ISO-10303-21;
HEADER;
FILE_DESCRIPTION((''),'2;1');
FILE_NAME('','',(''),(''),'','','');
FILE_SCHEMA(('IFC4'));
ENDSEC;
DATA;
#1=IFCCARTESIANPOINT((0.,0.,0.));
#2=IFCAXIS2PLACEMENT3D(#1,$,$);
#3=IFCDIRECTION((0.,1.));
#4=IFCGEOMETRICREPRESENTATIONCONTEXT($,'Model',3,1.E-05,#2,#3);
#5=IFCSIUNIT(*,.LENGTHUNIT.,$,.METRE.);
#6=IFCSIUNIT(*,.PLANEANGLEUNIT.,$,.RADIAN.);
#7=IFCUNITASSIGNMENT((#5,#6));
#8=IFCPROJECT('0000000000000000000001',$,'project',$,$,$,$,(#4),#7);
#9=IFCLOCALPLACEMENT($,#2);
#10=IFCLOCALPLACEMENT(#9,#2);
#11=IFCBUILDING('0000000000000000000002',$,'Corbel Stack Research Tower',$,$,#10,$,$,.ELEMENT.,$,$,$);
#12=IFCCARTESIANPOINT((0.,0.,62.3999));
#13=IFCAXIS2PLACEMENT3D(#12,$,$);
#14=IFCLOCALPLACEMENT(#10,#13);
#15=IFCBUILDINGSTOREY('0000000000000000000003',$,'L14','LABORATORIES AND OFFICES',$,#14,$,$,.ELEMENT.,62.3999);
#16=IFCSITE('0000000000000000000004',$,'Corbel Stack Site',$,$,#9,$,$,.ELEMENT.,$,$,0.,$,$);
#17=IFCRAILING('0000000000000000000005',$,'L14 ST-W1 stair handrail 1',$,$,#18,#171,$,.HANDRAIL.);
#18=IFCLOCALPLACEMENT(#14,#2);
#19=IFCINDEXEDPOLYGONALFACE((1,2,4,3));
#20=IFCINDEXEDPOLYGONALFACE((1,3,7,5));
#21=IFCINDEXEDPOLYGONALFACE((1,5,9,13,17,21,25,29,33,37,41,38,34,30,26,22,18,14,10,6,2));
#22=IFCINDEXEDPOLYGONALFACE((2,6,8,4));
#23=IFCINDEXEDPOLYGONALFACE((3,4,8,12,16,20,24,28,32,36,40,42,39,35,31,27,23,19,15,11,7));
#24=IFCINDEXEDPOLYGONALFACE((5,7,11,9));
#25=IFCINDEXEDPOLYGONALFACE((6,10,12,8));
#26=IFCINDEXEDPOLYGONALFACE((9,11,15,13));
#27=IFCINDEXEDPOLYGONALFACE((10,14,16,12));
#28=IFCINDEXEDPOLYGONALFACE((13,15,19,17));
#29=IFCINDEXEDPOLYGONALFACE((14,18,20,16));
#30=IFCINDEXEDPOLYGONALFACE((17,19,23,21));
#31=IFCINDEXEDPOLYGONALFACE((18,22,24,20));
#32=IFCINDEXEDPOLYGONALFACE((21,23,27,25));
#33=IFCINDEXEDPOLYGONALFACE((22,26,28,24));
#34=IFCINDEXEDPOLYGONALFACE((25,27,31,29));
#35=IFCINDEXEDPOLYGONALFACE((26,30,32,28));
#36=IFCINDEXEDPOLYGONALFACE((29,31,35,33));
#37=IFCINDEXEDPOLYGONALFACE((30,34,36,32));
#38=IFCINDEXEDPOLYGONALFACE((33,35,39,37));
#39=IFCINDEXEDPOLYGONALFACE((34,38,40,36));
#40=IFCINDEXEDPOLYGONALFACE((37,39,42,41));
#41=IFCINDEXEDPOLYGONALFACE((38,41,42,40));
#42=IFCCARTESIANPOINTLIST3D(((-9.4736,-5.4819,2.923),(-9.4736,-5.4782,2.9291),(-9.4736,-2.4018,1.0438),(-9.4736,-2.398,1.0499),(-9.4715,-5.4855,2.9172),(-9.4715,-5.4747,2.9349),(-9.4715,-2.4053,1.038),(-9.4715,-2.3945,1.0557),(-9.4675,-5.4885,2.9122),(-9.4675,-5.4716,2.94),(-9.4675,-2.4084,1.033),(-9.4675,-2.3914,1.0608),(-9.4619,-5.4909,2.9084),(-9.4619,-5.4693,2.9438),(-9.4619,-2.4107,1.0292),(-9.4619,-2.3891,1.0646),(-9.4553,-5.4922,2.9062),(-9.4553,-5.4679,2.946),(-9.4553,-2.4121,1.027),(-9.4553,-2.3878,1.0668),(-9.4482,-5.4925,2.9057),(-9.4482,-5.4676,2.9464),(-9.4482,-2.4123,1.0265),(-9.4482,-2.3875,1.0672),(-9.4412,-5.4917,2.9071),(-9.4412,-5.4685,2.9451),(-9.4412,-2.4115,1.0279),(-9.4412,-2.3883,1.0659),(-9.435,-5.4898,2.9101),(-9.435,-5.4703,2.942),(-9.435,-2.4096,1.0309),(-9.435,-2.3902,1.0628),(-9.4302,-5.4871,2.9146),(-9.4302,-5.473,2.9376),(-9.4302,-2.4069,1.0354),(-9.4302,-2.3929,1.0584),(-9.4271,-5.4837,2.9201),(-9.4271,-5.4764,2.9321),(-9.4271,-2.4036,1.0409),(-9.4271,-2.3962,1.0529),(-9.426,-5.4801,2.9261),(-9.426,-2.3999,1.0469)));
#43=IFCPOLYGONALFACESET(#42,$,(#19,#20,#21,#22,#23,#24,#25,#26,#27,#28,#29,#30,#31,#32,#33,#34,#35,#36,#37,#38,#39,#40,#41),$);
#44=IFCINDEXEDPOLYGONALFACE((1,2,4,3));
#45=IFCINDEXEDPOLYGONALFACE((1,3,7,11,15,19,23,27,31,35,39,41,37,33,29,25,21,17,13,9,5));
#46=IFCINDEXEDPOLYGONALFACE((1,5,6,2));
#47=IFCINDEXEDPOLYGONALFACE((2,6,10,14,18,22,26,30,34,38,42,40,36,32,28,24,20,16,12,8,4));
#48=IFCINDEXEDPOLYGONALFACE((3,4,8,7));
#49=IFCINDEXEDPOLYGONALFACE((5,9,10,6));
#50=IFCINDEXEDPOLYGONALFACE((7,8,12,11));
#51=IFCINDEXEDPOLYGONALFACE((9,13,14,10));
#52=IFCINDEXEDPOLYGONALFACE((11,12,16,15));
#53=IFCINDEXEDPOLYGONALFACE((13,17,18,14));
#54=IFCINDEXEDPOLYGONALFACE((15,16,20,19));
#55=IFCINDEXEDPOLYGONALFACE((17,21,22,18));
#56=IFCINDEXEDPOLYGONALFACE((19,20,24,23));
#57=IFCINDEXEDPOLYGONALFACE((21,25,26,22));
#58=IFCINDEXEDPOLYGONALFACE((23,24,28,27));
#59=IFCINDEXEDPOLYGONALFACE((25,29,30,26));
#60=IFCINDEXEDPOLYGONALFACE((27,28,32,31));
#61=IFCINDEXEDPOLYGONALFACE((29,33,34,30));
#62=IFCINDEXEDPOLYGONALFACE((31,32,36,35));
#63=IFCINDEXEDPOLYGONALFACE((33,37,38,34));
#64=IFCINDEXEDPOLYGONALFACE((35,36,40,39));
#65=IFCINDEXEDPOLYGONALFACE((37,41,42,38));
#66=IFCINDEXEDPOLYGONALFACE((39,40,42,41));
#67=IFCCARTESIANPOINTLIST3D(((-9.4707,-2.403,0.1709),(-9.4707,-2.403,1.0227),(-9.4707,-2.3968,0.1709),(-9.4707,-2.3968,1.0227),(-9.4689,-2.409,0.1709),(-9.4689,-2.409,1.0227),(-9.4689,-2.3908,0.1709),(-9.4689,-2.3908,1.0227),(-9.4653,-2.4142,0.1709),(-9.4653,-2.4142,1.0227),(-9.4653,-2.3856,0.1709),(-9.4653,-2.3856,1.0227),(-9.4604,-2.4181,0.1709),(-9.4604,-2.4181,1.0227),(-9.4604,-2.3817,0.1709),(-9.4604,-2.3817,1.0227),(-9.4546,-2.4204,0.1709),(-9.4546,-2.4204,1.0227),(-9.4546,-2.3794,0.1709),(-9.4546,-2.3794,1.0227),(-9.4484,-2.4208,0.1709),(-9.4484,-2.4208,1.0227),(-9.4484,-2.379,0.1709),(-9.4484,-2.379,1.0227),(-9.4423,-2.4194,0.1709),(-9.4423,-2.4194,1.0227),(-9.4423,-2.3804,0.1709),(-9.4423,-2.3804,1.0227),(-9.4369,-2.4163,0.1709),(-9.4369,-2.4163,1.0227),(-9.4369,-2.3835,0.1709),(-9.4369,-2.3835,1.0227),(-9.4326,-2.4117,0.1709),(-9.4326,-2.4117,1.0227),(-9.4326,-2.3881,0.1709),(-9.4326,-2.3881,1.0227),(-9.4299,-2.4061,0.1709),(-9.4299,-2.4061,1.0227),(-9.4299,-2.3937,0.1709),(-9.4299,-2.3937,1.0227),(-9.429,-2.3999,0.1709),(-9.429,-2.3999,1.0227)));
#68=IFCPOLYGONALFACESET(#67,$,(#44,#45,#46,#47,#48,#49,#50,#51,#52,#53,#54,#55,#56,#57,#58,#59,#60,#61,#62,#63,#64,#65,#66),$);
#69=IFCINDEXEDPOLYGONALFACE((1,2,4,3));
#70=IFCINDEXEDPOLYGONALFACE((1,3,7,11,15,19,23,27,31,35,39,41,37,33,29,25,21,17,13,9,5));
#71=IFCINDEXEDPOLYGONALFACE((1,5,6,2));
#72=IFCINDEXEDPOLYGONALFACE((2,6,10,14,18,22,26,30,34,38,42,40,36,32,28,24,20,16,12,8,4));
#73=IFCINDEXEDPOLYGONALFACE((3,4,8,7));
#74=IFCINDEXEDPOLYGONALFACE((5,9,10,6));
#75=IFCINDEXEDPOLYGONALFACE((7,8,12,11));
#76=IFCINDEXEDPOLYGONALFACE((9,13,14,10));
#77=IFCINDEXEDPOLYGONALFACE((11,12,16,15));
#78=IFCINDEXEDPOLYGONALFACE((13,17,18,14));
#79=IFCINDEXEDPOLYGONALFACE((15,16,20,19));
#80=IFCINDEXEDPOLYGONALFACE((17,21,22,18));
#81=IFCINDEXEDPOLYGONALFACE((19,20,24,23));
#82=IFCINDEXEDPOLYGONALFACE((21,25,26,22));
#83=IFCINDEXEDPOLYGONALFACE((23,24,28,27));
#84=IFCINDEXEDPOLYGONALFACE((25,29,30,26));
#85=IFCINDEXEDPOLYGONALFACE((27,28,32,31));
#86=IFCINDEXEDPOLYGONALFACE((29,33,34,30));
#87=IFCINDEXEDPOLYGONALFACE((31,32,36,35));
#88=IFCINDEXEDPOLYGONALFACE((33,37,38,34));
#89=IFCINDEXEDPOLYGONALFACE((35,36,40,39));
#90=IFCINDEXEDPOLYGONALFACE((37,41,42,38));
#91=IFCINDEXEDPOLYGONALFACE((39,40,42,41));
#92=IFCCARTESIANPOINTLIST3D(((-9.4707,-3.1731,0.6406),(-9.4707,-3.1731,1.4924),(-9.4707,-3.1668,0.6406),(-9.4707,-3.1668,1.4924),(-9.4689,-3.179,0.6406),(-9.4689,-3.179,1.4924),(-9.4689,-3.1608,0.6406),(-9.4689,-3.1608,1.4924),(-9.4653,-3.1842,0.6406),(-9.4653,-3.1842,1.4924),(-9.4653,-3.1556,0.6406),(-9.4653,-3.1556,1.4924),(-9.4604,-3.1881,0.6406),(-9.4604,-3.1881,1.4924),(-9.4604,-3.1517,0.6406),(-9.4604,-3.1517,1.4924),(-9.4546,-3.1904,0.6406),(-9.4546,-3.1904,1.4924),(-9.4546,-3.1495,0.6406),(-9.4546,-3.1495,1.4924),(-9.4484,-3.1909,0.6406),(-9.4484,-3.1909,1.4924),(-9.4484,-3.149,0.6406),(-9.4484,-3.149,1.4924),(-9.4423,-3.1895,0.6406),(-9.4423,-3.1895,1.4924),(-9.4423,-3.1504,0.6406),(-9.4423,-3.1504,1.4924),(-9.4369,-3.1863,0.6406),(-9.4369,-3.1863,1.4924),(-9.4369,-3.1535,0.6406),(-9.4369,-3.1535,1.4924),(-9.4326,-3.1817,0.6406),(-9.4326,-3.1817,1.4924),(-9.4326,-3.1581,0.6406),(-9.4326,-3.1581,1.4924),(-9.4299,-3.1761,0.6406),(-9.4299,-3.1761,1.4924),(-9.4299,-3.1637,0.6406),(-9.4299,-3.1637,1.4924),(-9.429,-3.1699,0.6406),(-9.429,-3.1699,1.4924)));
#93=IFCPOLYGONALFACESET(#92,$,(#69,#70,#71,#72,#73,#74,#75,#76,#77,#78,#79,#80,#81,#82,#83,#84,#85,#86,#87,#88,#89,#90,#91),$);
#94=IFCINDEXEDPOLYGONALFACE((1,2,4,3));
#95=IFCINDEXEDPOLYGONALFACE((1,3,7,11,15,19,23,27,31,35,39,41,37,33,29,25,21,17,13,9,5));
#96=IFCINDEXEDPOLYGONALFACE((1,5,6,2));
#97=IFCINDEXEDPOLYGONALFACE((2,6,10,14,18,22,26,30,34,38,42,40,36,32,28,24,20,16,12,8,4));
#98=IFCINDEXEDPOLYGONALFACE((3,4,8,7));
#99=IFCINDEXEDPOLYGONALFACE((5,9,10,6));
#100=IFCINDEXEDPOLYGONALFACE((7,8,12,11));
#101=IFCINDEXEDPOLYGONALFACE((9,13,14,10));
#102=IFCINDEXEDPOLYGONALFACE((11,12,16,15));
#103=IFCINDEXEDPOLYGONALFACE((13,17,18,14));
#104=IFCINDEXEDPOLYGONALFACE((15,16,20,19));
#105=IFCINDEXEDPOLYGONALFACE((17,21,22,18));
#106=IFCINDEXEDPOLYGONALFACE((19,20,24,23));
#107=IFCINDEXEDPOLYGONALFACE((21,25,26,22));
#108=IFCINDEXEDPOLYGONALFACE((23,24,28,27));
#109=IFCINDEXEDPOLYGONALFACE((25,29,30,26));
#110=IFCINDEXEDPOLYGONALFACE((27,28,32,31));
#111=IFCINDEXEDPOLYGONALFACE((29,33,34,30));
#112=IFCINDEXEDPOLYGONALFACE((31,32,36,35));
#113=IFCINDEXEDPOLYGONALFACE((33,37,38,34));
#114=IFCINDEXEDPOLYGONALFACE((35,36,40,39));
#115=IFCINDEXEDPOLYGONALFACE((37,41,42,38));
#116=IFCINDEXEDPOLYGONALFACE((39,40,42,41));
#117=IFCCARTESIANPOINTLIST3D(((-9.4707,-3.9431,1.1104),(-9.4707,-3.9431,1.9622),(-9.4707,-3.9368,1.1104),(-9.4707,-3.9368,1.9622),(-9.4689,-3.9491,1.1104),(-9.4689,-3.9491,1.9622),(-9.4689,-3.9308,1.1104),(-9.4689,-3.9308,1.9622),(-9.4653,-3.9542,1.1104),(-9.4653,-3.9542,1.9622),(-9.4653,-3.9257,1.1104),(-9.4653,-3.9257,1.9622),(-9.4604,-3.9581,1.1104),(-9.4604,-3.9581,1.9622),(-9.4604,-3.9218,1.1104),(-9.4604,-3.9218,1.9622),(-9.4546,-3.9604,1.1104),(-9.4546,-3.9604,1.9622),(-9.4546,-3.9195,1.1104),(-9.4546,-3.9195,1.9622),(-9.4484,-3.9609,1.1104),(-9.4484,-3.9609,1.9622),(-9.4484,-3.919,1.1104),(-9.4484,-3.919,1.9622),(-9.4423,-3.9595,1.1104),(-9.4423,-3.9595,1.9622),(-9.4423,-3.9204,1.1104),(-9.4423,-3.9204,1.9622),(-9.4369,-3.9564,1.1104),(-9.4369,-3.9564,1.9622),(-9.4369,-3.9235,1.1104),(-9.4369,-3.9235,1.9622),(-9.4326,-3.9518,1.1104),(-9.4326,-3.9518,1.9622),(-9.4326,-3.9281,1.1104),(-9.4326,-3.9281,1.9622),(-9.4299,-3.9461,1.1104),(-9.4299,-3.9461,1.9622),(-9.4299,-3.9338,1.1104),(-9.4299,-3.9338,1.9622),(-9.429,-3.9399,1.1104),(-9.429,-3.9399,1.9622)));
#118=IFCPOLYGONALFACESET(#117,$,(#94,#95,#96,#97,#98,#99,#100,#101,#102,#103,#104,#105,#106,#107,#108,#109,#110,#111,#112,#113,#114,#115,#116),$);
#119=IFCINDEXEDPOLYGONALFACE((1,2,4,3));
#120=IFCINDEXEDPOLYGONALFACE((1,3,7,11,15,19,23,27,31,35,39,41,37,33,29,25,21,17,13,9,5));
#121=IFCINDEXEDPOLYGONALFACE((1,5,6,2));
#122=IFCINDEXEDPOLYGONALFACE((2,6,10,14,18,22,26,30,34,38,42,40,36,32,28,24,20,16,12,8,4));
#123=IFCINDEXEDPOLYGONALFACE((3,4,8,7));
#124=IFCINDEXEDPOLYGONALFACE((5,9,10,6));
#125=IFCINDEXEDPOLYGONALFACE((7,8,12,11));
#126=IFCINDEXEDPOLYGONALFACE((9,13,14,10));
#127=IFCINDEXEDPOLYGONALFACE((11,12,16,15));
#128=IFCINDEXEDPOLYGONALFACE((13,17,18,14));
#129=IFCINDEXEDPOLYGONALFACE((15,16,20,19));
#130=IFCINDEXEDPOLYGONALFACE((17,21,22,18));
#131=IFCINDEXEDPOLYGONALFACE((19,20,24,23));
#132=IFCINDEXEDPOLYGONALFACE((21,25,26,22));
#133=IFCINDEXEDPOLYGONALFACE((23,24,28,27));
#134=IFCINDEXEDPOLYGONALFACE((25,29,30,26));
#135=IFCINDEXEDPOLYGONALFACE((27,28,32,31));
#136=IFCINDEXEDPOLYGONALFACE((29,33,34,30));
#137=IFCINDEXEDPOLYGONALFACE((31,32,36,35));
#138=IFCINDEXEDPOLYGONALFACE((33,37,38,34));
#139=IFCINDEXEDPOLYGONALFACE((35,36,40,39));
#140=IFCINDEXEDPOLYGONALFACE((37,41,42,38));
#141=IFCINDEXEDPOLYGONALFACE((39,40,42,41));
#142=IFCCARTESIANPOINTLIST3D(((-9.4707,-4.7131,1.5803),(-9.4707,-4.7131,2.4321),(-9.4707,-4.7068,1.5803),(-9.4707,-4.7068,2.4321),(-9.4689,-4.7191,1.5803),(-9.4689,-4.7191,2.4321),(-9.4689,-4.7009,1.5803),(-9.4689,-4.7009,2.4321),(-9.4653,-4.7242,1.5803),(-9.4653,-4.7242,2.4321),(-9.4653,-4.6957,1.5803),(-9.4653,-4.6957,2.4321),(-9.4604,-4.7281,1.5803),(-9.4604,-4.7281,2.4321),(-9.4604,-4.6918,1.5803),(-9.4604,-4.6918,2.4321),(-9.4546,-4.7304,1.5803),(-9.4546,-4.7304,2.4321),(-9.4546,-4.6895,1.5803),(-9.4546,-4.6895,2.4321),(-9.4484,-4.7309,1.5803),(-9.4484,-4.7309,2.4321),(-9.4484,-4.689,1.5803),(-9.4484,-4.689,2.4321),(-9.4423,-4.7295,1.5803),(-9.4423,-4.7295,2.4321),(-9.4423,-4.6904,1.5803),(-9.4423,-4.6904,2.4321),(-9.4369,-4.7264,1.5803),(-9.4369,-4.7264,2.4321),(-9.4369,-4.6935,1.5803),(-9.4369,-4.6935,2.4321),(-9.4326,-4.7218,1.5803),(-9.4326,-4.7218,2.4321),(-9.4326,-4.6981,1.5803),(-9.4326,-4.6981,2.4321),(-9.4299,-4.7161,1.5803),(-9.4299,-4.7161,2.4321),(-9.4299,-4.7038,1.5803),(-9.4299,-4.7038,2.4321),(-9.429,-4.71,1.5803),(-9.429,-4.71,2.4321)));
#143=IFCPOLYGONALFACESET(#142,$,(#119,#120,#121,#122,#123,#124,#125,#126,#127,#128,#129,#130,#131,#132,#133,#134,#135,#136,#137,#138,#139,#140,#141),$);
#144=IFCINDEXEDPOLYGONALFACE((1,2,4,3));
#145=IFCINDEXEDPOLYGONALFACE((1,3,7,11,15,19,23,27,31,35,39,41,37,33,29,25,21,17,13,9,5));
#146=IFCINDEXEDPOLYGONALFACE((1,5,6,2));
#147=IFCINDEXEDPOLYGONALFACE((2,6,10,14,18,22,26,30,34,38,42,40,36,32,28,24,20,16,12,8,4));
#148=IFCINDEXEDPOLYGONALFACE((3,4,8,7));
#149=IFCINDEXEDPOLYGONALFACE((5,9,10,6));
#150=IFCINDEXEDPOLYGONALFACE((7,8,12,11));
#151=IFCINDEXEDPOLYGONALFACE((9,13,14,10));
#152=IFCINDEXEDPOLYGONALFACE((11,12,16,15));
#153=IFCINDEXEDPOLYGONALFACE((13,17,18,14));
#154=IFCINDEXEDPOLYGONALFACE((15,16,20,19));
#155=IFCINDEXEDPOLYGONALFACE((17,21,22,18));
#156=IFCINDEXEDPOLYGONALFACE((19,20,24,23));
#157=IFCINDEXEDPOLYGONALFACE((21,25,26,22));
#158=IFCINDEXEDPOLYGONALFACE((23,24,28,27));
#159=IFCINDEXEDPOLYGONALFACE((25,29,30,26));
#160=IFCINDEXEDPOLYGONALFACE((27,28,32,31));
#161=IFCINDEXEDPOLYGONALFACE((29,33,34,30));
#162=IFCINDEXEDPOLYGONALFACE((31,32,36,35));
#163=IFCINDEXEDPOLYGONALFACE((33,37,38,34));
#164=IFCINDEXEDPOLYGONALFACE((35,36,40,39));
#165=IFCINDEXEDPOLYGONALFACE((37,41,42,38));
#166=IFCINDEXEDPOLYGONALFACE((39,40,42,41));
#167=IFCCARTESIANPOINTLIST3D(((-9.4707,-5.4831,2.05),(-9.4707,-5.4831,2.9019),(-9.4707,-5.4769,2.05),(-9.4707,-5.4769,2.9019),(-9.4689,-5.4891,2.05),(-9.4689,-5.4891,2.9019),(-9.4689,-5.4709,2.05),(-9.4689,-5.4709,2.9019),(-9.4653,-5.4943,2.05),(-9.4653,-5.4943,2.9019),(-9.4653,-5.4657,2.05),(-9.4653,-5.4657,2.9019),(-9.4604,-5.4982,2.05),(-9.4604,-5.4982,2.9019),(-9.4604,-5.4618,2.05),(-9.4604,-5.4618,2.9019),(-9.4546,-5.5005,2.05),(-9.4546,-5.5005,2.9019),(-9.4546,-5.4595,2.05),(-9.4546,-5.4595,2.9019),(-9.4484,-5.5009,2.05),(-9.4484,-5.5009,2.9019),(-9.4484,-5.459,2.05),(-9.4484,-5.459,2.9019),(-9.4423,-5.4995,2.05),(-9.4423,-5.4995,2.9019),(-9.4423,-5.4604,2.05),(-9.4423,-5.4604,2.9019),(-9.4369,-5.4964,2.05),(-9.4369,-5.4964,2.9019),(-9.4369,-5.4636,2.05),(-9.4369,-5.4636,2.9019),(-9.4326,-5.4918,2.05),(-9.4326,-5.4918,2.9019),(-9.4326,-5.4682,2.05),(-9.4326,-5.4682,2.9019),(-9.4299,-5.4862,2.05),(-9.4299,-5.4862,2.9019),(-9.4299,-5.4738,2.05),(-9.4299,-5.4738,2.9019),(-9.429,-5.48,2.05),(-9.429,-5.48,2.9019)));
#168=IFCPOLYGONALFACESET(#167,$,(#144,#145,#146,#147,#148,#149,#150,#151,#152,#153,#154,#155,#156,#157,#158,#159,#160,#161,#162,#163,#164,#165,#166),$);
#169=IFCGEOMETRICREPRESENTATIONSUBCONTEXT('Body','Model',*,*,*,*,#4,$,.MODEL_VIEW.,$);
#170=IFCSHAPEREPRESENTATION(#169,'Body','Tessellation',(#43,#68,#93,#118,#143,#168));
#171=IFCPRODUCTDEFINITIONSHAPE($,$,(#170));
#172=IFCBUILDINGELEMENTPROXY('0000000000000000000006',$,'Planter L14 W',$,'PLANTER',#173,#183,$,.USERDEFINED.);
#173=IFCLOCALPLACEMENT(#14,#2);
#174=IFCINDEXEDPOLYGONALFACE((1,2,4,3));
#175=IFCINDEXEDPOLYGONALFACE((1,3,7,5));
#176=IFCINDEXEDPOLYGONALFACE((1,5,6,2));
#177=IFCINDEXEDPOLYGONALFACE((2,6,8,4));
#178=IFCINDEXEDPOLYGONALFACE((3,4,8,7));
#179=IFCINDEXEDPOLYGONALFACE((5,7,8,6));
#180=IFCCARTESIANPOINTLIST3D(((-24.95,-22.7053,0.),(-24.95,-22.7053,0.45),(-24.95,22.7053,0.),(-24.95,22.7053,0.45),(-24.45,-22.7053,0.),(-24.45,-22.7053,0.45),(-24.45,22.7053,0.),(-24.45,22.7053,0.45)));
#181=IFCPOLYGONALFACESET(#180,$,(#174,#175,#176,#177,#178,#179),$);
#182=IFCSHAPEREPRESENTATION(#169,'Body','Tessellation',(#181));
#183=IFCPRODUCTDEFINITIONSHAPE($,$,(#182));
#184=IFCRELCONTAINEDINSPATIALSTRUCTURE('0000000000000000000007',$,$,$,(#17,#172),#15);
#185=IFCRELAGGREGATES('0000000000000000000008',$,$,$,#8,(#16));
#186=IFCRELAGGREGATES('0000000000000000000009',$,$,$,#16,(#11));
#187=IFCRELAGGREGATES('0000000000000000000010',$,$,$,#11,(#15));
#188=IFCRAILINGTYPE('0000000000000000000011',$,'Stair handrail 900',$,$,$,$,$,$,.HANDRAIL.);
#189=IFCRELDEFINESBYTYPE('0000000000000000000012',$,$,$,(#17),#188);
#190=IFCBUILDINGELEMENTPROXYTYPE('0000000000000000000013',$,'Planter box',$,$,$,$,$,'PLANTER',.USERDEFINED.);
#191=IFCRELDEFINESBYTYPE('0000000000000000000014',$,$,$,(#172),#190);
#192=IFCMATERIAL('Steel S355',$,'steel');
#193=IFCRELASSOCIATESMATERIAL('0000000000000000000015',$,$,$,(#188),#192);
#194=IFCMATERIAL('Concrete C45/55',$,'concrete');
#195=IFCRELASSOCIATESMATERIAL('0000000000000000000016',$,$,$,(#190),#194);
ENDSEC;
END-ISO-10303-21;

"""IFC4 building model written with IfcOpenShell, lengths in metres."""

from ifc_helpers import new_model, si_unit, direction, frame, origin, origin_2d, place, context, subcontext, project, spatial, rectangle, circle, extrude, material, type_object, element, save


model = new_model("IFC4")

# Units and contexts
model_context = context("Model", 3, precision=1e-05, world=origin(), true_north=direction((0.0, 1.0)))
body_context = subcontext(model_context, "Body", "Model", "MODEL_VIEW")
ifc_project = project(units=[si_unit("LENGTHUNIT", "METRE"), si_unit("PLANEANGLEUNIT", "RADIAN")], contexts=[model_context])

# Site, building, storey
site_placement = place(None, origin())
site = spatial("IfcSite", under=ifc_project, at=site_placement, Name="Corbel Stack Site", CompositionType="ELEMENT", RefElevation=0.0)
building_placement = place(site_placement, origin())
building = spatial("IfcBuilding", under=site, at=building_placement, Name="Corbel Stack Research Tower", CompositionType="ELEMENT")
storey_placement = place(building_placement, frame((0.0, 0.0, 62.3999)))
storey = spatial("IfcBuildingStorey", under=building, at=storey_placement, Name="L14", Description="LABORATORIES AND OFFICES", CompositionType="ELEMENT", Elevation=62.3999)

# Railing
ifc_material_1 = material(Name="Steel S355", Category="steel")
railing_type_1 = type_object("IfcRailingType", Name="Stair handrail 900", PredefinedType="HANDRAIL", material=ifc_material_1)
railing_1_placement = place(storey_placement, frame((-9.45, -2.3999, 0.1709)))
element("IfcRailing", 1, at=railing_1_placement, inside=storey, type_object=railing_type_1, Name="L14 ST-W1 stair handrail 1", PredefinedType="HANDRAIL", context=body_context, shape_type="SweptSolid", body=[
    extrude(circle(Radius=0.0239, at=origin_2d()), frame((0.0, 0.0, 0.876), z_axis=(0.0, -0.853666, 0.52082), x_axis=(1.0, 0.0, 0.0)), (0.0, 0.0, 1.0), 3.6082),
    extrude(circle(Radius=0.021, at=origin_2d()), origin(), (0.0, 0.0, 1.0), 0.8518),
    extrude(circle(Radius=0.021, at=origin_2d()), frame((0.0, -0.77, 0.4697)), (0.0, 0.0, 1.0), 0.8518),
    extrude(circle(Radius=0.021, at=origin_2d()), frame((0.0, -1.54, 0.9395)), (0.0, 0.0, 1.0), 0.8518),
    extrude(circle(Radius=0.021, at=origin_2d()), frame((0.0, -2.3101, 1.4094)), (0.0, 0.0, 1.0), 0.8518),
    extrude(circle(Radius=0.021, at=origin_2d()), frame((0.0, -3.0801, 1.8792)), (0.0, 0.0, 1.0), 0.8518),
])

# Building element proxy
ifc_material_2 = material(Name="Concrete C45/55", Category="concrete")
building_element_proxy_type = type_object("IfcBuildingElementProxyType", Name="Planter box", ElementType="PLANTER", PredefinedType="USERDEFINED", material=ifc_material_2)
proxy_placement = place(storey_placement, frame((-24.7, 0.0, 0.0), z_axis=(0.0, 0.0, 1.0), x_axis=(0.0, -1.0, 0.0)))
element("IfcBuildingElementProxy", 2, at=proxy_placement, inside=storey, type_object=building_element_proxy_type, Name="Planter L14 W", ObjectType="PLANTER", PredefinedType="USERDEFINED", context=body_context, shape_type="SweptSolid", body=[
    extrude(rectangle(XDim=45.4106, YDim=0.5, at=origin_2d()), origin(), (0.0, 0.0, 1.0), 0.45),
])

save(model, "model.ifc")
